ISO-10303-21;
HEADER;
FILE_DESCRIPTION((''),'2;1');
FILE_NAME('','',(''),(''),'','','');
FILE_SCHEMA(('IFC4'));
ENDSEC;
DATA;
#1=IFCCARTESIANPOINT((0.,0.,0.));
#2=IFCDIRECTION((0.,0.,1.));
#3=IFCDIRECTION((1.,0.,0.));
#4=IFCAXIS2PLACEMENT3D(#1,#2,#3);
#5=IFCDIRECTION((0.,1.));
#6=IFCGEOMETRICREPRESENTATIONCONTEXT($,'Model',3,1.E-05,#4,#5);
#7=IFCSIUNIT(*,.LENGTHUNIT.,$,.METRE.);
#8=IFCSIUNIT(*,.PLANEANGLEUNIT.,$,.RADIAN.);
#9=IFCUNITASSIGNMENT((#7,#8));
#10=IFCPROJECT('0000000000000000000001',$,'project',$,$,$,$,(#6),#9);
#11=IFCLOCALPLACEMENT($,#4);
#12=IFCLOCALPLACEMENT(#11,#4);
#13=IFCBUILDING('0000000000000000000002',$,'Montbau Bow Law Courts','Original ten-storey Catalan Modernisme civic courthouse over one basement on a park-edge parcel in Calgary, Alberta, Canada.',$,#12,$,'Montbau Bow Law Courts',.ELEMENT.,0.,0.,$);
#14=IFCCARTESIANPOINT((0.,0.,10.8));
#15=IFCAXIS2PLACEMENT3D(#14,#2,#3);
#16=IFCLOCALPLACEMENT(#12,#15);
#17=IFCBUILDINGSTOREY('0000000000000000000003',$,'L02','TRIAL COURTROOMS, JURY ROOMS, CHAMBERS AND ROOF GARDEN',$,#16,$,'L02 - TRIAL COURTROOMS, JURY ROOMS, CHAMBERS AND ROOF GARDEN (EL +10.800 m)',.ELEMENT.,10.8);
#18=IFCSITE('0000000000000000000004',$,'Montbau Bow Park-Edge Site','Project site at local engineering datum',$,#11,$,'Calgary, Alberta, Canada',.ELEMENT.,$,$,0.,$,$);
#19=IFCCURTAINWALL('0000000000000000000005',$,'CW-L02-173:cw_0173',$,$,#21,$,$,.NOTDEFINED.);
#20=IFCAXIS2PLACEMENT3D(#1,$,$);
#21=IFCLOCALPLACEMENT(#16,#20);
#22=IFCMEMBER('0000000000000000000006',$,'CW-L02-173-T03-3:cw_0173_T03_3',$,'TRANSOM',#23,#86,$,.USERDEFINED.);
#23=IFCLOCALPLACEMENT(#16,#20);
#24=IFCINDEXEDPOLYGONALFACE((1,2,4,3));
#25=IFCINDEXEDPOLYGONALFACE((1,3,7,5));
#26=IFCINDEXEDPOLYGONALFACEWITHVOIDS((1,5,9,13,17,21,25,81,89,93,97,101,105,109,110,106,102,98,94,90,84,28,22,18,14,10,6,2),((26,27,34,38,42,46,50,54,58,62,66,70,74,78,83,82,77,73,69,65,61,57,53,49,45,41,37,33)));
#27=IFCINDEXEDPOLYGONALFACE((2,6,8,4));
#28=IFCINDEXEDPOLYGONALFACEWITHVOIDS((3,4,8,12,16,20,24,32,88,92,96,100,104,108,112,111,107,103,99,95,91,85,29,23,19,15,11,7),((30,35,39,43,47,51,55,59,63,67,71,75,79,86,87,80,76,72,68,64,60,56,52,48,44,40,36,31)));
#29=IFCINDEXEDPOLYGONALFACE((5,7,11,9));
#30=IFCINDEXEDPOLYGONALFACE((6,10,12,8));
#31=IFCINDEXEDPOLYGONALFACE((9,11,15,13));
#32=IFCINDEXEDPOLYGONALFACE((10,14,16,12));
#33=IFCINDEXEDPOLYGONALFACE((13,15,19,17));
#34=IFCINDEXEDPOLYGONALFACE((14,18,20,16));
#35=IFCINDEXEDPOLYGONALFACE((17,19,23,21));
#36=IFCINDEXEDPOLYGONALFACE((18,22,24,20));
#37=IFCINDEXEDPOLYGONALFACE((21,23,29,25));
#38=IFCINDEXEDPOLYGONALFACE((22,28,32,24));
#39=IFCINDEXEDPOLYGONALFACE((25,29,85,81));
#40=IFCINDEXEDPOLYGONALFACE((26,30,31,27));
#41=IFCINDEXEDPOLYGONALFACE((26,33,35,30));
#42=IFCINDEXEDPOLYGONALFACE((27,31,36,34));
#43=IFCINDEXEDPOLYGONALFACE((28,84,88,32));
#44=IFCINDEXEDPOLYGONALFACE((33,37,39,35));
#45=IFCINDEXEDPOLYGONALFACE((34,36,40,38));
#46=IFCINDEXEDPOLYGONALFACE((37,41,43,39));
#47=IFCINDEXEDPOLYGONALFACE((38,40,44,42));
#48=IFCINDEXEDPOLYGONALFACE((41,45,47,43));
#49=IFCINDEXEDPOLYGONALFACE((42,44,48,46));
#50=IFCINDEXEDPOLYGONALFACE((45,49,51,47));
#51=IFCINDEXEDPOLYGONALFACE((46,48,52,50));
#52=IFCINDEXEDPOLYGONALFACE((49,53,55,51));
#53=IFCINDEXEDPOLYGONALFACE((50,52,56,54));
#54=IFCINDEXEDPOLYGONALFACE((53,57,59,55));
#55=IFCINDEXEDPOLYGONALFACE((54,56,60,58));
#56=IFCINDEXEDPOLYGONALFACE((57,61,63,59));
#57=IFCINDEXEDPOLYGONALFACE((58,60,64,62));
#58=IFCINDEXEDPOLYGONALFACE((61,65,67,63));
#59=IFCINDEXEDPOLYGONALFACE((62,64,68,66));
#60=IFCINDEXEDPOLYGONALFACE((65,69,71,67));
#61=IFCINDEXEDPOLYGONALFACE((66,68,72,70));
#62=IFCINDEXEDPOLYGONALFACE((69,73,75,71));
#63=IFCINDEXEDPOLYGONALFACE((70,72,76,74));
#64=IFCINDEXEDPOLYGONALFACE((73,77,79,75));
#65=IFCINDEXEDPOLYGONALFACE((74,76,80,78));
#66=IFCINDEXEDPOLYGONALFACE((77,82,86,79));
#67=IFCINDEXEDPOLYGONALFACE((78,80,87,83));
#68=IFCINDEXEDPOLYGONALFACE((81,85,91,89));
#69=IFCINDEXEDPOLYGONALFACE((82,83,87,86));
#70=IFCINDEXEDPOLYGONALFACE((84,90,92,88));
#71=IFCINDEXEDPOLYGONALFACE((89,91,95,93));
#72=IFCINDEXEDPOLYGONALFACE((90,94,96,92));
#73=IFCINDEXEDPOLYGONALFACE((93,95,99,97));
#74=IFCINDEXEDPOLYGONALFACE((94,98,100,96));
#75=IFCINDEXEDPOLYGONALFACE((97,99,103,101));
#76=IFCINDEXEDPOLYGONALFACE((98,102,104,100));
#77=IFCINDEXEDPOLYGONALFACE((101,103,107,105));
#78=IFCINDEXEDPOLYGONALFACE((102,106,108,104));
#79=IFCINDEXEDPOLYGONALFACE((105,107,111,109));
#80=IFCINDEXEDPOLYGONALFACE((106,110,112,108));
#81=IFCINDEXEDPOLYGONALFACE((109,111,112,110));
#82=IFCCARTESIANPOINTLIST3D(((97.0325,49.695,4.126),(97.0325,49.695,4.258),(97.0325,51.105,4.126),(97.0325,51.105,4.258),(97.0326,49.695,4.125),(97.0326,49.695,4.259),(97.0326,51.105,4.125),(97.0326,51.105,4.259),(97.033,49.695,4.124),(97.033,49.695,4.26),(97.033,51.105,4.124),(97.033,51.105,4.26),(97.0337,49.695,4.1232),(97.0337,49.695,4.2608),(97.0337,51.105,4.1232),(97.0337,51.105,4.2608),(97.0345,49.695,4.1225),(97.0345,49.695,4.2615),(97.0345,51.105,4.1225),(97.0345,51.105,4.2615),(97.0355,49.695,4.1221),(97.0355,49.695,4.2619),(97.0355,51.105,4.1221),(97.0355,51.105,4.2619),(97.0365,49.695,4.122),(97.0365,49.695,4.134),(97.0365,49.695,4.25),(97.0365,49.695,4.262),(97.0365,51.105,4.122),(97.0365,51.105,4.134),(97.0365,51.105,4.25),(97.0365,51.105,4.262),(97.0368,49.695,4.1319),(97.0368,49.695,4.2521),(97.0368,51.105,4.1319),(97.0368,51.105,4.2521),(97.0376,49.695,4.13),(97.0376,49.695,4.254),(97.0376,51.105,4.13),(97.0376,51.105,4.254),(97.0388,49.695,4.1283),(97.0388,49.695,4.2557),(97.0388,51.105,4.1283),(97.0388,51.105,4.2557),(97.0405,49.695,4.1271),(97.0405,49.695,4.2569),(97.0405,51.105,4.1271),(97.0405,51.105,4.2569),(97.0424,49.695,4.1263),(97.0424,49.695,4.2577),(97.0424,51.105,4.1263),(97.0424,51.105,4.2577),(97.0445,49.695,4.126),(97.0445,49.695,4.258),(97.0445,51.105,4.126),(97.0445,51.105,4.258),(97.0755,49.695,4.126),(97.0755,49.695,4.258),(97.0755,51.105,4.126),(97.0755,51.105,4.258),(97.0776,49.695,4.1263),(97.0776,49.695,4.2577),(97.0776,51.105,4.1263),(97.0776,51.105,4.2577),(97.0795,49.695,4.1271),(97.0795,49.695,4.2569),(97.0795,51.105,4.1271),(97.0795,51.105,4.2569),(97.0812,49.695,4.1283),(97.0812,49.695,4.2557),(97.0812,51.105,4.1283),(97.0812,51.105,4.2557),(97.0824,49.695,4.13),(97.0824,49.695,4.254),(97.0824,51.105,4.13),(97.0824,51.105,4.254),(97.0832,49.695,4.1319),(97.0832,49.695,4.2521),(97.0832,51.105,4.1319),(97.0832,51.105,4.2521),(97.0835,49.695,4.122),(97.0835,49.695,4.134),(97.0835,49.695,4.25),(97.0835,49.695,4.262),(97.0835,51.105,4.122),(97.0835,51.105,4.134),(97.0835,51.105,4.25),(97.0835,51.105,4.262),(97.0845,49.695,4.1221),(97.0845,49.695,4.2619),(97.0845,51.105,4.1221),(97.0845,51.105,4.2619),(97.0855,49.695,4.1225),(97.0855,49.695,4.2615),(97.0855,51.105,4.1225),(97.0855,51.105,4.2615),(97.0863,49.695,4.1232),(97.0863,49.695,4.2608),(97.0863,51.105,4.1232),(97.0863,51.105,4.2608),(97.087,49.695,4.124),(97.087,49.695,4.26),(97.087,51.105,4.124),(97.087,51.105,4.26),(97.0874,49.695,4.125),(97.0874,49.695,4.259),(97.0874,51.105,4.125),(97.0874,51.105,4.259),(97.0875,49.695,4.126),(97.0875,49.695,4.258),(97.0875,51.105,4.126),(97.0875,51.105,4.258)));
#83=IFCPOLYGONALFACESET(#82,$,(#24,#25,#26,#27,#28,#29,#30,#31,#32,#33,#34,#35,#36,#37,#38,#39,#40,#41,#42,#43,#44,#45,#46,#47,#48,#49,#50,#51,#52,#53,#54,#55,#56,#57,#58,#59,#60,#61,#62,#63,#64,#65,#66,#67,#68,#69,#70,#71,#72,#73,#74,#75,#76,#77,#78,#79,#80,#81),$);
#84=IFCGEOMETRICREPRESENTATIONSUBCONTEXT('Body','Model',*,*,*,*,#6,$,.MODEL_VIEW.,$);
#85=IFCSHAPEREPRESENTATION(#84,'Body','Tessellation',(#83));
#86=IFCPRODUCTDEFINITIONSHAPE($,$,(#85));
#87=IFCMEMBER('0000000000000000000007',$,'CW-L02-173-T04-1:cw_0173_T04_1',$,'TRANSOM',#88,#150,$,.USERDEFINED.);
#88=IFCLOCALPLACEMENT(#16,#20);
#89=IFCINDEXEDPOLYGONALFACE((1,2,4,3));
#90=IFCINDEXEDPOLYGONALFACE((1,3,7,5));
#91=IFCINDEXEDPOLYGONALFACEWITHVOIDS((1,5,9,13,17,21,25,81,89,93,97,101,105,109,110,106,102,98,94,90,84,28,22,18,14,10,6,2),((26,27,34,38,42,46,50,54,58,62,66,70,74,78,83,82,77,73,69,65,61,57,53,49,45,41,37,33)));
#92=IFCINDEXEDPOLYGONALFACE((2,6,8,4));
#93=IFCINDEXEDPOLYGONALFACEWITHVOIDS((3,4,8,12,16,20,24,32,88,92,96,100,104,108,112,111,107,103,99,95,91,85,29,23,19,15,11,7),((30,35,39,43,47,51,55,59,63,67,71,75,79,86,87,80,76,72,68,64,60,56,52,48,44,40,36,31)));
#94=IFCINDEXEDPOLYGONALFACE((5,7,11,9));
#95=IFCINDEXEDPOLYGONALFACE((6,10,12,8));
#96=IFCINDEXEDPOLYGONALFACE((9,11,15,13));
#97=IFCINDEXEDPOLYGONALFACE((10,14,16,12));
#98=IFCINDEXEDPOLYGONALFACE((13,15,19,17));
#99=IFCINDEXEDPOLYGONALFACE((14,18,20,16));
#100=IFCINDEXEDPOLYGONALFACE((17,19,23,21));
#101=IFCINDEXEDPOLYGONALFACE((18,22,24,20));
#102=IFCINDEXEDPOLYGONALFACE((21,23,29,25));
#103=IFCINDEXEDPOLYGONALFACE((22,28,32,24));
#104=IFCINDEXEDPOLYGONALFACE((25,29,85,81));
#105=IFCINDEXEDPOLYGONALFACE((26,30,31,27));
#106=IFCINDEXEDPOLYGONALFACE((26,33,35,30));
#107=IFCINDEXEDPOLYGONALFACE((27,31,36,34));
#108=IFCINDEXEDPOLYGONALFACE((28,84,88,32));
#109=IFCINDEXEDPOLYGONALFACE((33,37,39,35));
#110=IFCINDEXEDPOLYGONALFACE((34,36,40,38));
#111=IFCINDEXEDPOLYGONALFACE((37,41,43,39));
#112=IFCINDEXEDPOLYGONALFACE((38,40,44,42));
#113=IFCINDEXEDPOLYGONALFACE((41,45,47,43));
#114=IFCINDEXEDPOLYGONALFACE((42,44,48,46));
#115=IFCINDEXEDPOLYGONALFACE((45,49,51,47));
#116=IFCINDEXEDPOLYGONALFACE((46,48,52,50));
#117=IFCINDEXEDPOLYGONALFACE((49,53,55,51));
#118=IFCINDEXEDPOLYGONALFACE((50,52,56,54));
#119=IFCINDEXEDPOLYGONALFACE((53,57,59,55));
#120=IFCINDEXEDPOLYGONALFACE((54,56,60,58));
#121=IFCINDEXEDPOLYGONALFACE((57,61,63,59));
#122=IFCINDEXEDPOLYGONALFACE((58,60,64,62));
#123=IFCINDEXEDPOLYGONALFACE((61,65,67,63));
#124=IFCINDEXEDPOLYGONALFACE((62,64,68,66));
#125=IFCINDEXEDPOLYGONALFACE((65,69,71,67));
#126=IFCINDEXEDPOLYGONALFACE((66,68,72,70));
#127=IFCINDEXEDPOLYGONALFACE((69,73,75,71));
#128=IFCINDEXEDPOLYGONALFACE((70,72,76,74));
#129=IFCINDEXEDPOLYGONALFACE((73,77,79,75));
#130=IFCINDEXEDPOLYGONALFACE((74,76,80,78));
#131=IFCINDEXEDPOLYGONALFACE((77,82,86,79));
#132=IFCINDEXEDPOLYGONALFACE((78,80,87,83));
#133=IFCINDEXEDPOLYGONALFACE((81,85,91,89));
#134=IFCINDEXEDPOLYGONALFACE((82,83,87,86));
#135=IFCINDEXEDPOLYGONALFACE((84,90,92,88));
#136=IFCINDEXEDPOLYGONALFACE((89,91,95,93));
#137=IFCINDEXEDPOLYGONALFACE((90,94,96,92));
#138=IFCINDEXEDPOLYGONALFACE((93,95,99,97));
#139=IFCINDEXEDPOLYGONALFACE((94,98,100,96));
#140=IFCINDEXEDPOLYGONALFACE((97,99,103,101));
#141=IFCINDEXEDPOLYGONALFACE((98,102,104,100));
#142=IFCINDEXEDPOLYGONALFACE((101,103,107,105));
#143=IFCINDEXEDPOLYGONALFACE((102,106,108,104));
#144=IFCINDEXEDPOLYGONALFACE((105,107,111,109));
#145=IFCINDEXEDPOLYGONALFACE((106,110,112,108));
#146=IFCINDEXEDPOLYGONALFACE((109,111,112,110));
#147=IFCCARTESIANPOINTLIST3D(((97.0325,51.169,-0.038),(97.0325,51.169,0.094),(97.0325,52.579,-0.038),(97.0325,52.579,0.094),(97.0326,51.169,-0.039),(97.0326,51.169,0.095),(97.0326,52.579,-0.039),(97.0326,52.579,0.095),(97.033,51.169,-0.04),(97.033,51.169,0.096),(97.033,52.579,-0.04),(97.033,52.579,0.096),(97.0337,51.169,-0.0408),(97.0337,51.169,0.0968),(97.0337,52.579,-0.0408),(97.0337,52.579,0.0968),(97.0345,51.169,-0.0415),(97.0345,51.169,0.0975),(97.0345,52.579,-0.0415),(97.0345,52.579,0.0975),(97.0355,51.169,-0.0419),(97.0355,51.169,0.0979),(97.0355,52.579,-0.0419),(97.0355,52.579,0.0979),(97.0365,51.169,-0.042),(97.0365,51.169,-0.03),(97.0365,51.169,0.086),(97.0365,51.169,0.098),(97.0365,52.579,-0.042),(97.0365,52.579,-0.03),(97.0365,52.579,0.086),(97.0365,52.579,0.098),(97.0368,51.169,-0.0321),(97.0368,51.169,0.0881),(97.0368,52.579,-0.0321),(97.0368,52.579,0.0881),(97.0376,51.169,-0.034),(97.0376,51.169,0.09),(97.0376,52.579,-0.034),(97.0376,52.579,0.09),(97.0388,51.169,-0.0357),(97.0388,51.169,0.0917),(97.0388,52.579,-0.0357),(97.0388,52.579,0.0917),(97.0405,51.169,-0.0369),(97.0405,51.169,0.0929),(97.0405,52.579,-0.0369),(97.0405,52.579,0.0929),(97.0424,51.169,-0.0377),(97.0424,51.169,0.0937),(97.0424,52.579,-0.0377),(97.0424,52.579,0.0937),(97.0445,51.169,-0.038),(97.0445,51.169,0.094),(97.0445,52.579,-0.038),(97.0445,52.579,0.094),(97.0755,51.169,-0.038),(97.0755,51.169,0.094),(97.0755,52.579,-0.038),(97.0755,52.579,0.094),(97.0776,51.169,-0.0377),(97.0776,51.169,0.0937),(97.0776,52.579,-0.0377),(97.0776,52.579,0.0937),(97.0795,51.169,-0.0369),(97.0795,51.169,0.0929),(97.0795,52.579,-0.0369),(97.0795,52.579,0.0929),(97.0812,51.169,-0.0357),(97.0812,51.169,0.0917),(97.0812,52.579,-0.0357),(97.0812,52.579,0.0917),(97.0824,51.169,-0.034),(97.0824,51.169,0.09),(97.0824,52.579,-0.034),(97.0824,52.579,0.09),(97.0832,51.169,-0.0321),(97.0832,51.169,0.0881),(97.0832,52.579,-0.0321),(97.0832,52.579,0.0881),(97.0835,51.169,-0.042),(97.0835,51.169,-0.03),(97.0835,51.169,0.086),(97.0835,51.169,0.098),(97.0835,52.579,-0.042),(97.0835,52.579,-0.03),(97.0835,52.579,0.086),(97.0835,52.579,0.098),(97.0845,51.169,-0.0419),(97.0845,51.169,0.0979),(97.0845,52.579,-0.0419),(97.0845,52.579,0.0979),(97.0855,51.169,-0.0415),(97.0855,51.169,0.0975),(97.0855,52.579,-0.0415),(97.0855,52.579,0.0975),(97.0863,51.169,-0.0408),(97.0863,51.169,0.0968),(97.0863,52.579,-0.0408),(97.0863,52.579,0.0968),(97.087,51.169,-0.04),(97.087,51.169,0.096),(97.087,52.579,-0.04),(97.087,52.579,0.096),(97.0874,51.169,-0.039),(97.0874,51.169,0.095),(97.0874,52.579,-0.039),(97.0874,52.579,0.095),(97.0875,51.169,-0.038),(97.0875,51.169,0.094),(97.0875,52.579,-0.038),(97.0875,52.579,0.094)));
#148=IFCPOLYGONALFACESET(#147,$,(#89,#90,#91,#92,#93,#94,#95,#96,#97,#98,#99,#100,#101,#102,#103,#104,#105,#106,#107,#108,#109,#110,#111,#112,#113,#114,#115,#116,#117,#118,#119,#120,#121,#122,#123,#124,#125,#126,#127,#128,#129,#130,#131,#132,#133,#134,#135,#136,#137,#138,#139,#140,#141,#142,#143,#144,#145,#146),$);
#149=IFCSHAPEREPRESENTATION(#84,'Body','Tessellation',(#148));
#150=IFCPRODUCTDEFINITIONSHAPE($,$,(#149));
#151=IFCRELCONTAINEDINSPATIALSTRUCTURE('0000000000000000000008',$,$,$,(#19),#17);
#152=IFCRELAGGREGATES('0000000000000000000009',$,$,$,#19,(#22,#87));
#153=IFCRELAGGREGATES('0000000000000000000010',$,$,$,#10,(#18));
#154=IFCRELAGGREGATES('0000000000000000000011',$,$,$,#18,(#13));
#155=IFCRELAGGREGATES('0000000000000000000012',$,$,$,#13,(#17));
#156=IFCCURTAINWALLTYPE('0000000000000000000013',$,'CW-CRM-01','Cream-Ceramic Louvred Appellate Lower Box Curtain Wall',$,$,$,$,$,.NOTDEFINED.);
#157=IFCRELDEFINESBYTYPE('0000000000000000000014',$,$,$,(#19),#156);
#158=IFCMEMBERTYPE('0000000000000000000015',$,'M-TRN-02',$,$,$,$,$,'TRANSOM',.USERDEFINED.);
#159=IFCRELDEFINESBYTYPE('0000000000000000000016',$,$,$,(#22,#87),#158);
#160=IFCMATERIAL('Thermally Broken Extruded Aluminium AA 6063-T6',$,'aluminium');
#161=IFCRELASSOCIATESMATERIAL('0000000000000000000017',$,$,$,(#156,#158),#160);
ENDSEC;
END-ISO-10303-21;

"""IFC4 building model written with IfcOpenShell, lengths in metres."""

from ifc_helpers import new_model, si_unit, direction, frame, origin_with_axes, origin_2d_with_axis, place, context, subcontext, project, spatial, hollow_rectangle, extrude, material, material_profile, profile_set, type_object, element, aggregate, save


model = new_model("IFC4")

# Units and contexts
model_context = context("Model", 3, precision=1e-05, world=origin_with_axes(), true_north=direction((0.0, 1.0)))
body_context = subcontext(model_context, "Body", "Model", "MODEL_VIEW")
ifc_project = project(units=[si_unit("LENGTHUNIT", "METRE"), si_unit("PLANEANGLEUNIT", "RADIAN")], contexts=[model_context])

# Site, building, storey
site_placement = place(None, origin_with_axes())
site = spatial("IfcSite", under=ifc_project, at=site_placement, Name="Montbau Bow Park-Edge Site", Description="Project site at local engineering datum", LongName="Calgary, Alberta, Canada", CompositionType="ELEMENT", RefElevation=0.0)
building_placement = place(site_placement, origin_with_axes())
building = spatial("IfcBuilding", under=site, at=building_placement, Name="Montbau Bow Law Courts", Description="Original ten-storey Catalan Modernisme civic courthouse over one basement on a park-edge parcel in Calgary, Alberta, Canada.", LongName="Montbau Bow Law Courts", CompositionType="ELEMENT", ElevationOfRefHeight=0.0, ElevationOfTerrain=0.0)
storey_placement = place(building_placement, frame((0.0, 0.0, 10.8), z_axis=(0.0, 0.0, 1.0), x_axis=(1.0, 0.0, 0.0)))
storey = spatial("IfcBuildingStorey", under=building, at=storey_placement, Name="L02", Description="TRIAL COURTROOMS, JURY ROOMS, CHAMBERS AND ROOF GARDEN", LongName="L02 - TRIAL COURTROOMS, JURY ROOMS, CHAMBERS AND ROOF GARDEN (EL +10.800 m)", CompositionType="ELEMENT", Elevation=10.8)

# Curtain wall, members
ifc_material_1 = material(Name="Thermally Broken Extruded Aluminium AA 6063-T6", Category="aluminium")
curtain_wall_type = type_object("IfcCurtainWallType", Name="CW-CRM-01", Description="Cream-Ceramic Louvred Appellate Lower Box Curtain Wall", PredefinedType="NOTDEFINED", material=ifc_material_1)
curtain_wall_placement = place(None, frame((97.06, 46.715, 10.8), z_axis=(0.0, 0.0, 1.0), x_axis=(1.0, 0.0, 0.0)))
curtain_wall = element("IfcCurtainWall", 1, at=curtain_wall_placement, inside=storey, type_object=curtain_wall_type, Name="CW-L02-173:cw_0173", PredefinedType="NOTDEFINED")
ifc_material_profile_1 = material_profile(ifc_material_1, hollow_rectangle(XDim=0.055, YDim=0.14, WallThickness=0.004, InnerFilletRadius=0.008, OuterFilletRadius=0.004, at=origin_2d_with_axis()), Name="CWT-140X55", Category="Main", Priority=0)
ifc_profile_set_1 = profile_set([ifc_material_profile_1], Name="Thermally Broken Extruded Aluminium AA 6063-T6")
member_type_1 = type_object("IfcMemberType", Name="M-TRN-02", ElementType="TRANSOM", PredefinedType="USERDEFINED", material=ifc_profile_set_1)
member_1_placement = place(None, frame((97.06, 49.695, 14.992), z_axis=(0.0, 1.0, 0.0), x_axis=(-1.0, 0.0, 0.0)))
member_1 = element("IfcMember", 2, at=member_1_placement, type_object=member_type_1, Name="CW-L02-173-T03-3:cw_0173_T03_3", ObjectType="TRANSOM", PredefinedType="USERDEFINED", context=body_context, shape_type="SweptSolid", body=[
    extrude(hollow_rectangle(XDim=0.055, YDim=0.14, WallThickness=0.004, InnerFilletRadius=0.008, OuterFilletRadius=0.004, at=origin_2d_with_axis()), origin_with_axes(), (0.0, 0.0, 1.0), 1.41),
])
member_2_placement = place(None, frame((97.06, 51.169, 10.828), z_axis=(0.0, 1.0, 0.0), x_axis=(-1.0, 0.0, 0.0)))
member_2 = element("IfcMember", 3, at=member_2_placement, type_object=member_type_1, Name="CW-L02-173-T04-1:cw_0173_T04_1", ObjectType="TRANSOM", PredefinedType="USERDEFINED", context=body_context, shape_type="SweptSolid", body=[
    extrude(hollow_rectangle(XDim=0.055, YDim=0.14, WallThickness=0.004, InnerFilletRadius=0.008, OuterFilletRadius=0.004, at=origin_2d_with_axis()), origin_with_axes(), (0.0, 0.0, 1.0), 1.41),
])
aggregate(curtain_wall, [member_1, member_2])

save(model, "model.ifc")
